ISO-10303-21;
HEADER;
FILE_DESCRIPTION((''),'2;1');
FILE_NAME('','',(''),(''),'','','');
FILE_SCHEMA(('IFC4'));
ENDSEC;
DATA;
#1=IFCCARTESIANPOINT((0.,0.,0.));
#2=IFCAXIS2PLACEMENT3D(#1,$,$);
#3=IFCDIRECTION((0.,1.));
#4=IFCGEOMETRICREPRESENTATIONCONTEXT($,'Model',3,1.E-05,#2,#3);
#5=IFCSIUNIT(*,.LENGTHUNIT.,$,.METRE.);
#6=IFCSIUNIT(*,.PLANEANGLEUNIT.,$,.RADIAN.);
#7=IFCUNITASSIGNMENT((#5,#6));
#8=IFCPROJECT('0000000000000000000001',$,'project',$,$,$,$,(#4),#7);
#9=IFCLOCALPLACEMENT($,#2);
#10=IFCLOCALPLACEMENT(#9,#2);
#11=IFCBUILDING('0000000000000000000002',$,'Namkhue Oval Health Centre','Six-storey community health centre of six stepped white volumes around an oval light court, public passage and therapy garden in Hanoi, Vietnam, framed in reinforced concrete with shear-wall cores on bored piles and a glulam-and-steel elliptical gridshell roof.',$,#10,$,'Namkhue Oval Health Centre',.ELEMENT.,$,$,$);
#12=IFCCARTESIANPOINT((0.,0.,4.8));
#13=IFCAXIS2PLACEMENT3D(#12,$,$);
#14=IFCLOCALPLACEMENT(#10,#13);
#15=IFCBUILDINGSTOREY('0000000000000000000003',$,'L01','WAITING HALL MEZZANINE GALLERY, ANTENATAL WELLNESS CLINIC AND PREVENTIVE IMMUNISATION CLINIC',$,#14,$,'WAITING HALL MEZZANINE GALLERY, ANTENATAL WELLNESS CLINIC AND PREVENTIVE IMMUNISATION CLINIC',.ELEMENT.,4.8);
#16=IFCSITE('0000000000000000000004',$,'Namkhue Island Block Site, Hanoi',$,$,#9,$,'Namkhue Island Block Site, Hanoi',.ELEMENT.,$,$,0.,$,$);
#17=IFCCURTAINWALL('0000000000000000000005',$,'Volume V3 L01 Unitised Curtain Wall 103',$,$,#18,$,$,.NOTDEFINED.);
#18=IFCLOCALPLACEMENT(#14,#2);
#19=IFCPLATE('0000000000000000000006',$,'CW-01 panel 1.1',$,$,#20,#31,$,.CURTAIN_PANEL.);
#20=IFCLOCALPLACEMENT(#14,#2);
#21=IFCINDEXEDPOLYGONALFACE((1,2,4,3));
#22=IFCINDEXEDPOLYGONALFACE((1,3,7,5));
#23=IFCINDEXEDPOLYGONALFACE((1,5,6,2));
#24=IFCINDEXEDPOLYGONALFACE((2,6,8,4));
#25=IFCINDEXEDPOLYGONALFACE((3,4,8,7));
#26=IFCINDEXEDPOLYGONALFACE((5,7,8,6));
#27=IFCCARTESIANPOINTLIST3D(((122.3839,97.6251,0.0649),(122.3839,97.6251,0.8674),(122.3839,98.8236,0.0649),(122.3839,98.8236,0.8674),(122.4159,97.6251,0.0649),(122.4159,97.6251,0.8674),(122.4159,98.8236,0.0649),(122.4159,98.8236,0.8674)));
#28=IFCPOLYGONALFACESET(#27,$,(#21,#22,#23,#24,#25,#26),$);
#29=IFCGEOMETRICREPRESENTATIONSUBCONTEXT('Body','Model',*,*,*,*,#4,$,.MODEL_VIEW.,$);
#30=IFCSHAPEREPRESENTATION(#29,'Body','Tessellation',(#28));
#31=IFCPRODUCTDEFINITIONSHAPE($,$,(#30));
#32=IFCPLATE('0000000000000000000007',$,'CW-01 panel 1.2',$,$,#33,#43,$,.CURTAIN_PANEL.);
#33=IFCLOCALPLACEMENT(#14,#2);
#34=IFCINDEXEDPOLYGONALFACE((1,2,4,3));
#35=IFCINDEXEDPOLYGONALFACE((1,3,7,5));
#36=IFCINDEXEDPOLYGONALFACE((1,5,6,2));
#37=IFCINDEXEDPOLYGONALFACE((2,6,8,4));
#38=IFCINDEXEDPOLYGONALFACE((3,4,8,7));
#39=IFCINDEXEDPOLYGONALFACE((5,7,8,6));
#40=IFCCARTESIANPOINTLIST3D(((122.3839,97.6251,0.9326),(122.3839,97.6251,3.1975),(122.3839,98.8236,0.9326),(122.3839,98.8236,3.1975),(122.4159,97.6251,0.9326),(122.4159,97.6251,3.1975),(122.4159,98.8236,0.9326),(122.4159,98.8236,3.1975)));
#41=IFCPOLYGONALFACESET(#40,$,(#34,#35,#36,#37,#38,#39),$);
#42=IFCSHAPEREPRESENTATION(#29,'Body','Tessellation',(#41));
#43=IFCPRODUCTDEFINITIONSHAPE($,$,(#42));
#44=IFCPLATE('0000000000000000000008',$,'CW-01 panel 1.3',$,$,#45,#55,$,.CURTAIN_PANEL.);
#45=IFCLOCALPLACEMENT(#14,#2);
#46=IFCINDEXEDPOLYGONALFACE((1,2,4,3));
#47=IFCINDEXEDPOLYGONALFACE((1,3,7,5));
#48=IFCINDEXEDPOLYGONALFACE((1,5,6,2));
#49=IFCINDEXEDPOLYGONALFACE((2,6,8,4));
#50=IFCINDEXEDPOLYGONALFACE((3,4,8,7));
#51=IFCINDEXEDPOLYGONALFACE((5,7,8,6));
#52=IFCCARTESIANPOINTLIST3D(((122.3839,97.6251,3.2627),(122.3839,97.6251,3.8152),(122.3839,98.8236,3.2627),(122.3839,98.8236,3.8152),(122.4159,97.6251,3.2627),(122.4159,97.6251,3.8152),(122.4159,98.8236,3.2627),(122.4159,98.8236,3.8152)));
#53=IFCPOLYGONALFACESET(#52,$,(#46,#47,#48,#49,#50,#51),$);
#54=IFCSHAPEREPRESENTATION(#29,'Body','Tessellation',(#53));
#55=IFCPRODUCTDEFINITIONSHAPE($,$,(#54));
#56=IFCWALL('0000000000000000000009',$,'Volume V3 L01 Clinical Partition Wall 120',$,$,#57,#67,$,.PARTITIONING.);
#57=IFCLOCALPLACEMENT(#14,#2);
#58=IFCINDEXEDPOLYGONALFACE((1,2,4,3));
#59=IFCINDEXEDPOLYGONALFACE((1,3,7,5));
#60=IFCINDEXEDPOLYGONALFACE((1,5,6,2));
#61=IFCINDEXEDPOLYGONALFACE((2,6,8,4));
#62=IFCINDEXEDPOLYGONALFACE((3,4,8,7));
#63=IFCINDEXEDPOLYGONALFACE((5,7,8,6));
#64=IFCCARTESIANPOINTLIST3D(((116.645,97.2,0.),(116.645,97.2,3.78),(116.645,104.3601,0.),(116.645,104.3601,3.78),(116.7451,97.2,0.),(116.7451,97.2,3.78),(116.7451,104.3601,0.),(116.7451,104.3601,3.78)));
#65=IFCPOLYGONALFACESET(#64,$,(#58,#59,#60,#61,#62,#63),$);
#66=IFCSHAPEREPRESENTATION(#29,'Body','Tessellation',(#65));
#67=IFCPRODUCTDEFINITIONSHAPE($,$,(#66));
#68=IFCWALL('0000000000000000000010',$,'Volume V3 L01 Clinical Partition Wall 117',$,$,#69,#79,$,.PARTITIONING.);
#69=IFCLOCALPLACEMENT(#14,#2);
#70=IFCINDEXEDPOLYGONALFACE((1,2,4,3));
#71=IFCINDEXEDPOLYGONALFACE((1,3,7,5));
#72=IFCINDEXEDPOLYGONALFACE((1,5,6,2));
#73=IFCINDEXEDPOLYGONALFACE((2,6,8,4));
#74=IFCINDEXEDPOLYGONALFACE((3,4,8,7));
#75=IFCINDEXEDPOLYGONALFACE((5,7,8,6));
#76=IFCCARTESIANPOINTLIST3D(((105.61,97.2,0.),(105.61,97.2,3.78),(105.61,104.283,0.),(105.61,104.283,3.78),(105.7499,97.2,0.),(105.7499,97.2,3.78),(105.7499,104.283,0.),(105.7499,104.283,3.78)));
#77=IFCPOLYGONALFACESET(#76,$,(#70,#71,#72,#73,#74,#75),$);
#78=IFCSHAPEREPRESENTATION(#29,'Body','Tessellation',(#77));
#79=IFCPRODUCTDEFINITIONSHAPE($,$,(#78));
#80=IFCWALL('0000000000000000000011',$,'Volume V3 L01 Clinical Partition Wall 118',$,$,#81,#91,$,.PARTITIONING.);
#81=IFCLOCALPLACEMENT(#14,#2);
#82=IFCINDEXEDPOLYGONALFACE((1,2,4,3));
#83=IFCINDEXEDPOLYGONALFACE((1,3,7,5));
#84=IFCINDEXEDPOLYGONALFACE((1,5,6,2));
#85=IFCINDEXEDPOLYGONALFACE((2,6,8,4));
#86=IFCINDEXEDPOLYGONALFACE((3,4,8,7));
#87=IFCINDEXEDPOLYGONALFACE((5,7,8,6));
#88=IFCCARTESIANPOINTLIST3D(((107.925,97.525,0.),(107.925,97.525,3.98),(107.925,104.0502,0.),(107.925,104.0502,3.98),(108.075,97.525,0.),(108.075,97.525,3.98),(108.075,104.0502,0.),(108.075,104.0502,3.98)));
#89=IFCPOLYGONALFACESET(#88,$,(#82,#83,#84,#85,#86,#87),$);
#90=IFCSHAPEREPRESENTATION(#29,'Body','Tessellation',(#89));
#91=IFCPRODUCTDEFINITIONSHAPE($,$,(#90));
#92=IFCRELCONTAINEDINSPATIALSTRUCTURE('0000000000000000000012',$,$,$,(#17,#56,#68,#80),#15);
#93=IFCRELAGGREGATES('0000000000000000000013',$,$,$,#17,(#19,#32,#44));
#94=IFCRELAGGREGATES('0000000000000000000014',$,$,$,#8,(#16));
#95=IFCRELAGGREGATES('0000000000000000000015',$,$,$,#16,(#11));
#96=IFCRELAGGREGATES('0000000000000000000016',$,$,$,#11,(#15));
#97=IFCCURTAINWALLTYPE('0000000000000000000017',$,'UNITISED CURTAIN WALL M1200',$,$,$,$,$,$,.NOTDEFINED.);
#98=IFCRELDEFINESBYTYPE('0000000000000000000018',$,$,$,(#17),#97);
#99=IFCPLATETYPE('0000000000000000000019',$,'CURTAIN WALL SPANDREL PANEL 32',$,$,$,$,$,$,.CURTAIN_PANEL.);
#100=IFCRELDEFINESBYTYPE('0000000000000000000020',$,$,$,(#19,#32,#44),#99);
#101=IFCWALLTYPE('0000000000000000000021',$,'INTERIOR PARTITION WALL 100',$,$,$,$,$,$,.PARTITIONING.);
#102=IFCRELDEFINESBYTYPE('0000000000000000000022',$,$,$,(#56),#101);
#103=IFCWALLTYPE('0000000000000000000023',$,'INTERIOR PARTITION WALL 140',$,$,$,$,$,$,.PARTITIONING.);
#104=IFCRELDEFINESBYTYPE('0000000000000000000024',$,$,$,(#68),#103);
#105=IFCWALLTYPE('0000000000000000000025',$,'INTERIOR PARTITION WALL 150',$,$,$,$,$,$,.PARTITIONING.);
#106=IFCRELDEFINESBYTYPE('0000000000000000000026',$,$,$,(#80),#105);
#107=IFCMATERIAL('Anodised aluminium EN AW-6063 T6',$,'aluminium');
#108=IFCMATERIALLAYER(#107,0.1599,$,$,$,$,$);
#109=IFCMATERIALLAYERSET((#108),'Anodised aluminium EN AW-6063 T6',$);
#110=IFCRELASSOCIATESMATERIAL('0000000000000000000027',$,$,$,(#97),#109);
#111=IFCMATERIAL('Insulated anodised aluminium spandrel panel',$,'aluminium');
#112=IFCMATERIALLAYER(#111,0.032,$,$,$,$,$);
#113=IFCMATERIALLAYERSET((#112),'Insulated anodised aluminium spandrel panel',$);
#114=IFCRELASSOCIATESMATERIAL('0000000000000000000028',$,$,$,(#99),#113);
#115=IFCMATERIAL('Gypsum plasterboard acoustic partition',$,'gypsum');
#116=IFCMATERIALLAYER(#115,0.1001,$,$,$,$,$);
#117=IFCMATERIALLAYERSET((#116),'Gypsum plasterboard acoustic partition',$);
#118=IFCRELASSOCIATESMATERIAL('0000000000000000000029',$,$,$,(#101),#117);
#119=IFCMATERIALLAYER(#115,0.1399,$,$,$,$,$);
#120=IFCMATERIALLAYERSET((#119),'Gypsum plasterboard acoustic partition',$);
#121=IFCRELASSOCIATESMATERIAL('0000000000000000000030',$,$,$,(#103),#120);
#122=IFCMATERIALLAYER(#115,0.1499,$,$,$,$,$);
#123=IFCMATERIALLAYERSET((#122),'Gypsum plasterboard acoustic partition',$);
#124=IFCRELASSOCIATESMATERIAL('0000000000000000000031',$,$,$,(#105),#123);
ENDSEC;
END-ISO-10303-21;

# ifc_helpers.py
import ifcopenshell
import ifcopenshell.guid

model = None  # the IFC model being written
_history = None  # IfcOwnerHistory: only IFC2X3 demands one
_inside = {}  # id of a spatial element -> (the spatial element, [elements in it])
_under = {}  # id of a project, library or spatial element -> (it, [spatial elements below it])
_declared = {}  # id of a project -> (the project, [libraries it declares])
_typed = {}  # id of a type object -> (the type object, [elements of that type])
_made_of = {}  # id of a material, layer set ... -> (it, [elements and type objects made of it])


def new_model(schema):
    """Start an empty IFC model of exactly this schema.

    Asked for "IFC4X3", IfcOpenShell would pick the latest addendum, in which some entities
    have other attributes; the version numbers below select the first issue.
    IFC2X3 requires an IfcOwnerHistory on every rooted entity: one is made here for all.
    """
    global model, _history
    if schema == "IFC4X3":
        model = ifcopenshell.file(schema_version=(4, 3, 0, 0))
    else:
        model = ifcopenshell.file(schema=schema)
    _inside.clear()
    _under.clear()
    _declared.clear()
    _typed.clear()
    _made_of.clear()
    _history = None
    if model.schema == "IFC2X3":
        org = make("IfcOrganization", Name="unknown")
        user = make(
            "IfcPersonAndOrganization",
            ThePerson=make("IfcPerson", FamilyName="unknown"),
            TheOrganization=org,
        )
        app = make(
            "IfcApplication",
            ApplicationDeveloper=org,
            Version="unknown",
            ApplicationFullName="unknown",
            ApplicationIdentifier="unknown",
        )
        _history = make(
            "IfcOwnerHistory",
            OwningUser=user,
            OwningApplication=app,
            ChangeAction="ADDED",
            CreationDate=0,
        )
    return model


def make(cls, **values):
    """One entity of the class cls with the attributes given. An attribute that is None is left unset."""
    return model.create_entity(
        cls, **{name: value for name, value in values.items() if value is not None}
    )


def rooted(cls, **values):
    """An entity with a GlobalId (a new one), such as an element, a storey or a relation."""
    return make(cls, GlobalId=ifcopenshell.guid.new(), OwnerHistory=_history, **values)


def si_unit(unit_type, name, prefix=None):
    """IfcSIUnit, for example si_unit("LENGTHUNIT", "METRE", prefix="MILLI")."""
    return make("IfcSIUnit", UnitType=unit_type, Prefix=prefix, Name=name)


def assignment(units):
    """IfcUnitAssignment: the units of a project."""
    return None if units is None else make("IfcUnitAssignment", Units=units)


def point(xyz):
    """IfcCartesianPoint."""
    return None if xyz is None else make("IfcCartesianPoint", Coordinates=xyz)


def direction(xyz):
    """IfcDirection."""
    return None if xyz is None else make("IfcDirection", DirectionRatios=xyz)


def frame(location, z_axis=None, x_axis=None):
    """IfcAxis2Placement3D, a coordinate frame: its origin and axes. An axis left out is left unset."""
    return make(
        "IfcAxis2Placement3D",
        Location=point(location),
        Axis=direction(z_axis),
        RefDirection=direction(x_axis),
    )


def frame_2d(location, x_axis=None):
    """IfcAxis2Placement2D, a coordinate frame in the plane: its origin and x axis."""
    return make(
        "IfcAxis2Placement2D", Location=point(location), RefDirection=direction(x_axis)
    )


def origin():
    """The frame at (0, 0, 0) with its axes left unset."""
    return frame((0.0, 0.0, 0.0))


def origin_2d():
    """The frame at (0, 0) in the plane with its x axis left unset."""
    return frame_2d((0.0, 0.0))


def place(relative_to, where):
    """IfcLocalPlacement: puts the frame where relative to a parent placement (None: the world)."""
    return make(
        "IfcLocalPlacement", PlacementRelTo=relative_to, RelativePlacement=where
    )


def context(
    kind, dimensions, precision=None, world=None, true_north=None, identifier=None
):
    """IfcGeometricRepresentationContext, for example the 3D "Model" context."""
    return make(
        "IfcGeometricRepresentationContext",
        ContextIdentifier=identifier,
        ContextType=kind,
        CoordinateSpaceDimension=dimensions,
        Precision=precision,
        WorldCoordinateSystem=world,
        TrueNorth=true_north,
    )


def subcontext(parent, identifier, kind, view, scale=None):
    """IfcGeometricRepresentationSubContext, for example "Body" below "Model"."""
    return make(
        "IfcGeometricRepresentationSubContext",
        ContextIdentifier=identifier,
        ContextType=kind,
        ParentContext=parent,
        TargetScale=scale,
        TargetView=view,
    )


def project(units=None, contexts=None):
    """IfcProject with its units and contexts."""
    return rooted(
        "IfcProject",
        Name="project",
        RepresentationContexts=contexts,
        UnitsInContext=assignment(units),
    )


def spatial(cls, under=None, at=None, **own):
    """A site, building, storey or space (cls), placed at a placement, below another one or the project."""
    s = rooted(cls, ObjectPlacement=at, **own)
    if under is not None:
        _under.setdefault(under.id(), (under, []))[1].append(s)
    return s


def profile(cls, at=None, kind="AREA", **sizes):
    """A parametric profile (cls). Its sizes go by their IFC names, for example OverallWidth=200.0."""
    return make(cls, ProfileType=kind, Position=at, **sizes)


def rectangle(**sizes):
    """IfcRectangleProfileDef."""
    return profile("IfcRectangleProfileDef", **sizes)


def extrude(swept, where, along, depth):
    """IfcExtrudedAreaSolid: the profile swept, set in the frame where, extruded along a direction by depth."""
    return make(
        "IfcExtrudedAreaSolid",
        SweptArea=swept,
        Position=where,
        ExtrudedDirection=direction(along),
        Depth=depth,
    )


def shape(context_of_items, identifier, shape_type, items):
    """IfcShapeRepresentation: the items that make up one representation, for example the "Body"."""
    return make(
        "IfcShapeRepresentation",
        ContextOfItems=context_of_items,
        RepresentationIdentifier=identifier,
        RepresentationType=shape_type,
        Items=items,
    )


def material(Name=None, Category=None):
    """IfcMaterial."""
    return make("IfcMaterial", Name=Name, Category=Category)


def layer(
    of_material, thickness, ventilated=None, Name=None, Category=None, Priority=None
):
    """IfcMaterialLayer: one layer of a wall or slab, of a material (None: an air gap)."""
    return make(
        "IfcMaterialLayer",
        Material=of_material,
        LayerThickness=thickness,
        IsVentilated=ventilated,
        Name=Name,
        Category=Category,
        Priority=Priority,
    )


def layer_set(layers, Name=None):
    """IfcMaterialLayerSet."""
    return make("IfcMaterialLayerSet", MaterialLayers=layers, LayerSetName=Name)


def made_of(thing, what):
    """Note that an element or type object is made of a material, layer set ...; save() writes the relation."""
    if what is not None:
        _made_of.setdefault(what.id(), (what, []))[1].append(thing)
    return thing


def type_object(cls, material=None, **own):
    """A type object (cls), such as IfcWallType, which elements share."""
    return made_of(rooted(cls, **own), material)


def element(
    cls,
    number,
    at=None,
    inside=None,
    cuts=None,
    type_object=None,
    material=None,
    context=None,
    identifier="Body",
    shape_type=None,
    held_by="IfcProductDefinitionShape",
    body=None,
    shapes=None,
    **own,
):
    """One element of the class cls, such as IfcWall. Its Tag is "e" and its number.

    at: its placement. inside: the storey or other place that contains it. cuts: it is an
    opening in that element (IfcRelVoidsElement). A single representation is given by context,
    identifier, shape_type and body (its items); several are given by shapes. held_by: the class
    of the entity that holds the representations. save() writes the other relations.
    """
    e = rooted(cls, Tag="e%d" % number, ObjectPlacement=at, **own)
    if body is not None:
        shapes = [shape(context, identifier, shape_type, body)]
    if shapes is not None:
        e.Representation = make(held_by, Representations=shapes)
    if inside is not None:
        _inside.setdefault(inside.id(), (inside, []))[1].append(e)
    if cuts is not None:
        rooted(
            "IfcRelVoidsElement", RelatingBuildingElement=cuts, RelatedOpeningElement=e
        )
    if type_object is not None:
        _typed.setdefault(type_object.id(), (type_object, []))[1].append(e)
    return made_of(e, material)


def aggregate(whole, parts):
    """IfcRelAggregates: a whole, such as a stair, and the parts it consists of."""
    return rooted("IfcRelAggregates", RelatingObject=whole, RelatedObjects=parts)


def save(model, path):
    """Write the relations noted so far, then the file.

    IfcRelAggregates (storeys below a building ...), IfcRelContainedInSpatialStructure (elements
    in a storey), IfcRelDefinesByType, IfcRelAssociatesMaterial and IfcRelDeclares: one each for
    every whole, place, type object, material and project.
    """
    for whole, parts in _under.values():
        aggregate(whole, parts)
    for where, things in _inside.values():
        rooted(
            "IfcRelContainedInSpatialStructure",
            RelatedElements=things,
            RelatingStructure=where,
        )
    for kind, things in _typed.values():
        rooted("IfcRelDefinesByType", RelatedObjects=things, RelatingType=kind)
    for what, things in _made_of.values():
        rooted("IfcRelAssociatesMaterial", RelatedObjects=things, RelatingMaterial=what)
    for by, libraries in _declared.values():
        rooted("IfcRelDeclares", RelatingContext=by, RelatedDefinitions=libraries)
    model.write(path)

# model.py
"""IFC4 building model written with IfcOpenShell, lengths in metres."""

from ifc_helpers import new_model, si_unit, direction, frame, frame_2d, origin, origin_2d, place, context, subcontext, project, spatial, rectangle, extrude, material, layer, layer_set, type_object, element, aggregate, save


model = new_model("IFC4")

# Units and contexts
model_context = context("Model", 3, precision=1e-05, world=origin(), true_north=direction((0.0, 1.0)))
body_context = subcontext(model_context, "Body", "Model", "MODEL_VIEW")
ifc_project = project(units=[si_unit("LENGTHUNIT", "METRE"), si_unit("PLANEANGLEUNIT", "RADIAN")], contexts=[model_context])

# Site, building, storey
site_placement = place(None, origin())
site = spatial("IfcSite", under=ifc_project, at=site_placement, Name="Namkhue Island Block Site, Hanoi", LongName="Namkhue Island Block Site, Hanoi", CompositionType="ELEMENT", RefElevation=0.0)
building_placement = place(site_placement, origin())
building = spatial("IfcBuilding", under=site, at=building_placement, Name="Namkhue Oval Health Centre", Description="Six-storey community health centre of six stepped white volumes around an oval light court, public passage and therapy garden in Hanoi, Vietnam, framed in reinforced concrete with shear-wall cores on bored piles and a glulam-and-steel elliptical gridshell roof.", LongName="Namkhue Oval Health Centre", CompositionType="ELEMENT")
storey_placement = place(building_placement, frame((0.0, 0.0, 4.8)))
storey = spatial("IfcBuildingStorey", under=building, at=storey_placement, Name="L01", Description="WAITING HALL MEZZANINE GALLERY, ANTENATAL WELLNESS CLINIC AND PREVENTIVE IMMUNISATION CLINIC", LongName="WAITING HALL MEZZANINE GALLERY, ANTENATAL WELLNESS CLINIC AND PREVENTIVE IMMUNISATION CLINIC", CompositionType="ELEMENT", Elevation=4.8)

# Curtain wall
ifc_material_1 = material(Name="Anodised aluminium EN AW-6063 T6", Category="aluminium")
ifc_layer_1 = layer(ifc_material_1, 0.1599)
ifc_layer_set_1 = layer_set([ifc_layer_1], Name="Anodised aluminium EN AW-6063 T6")
curtain_wall_type = type_object("IfcCurtainWallType", Name="UNITISED CURTAIN WALL M1200", PredefinedType="NOTDEFINED", material=ifc_layer_set_1)
curtain_wall_placement = place(storey_placement, origin())
curtain_wall = element("IfcCurtainWall", 1, at=curtain_wall_placement, inside=storey, type_object=curtain_wall_type, Name="Volume V3 L01 Unitised Curtain Wall 103", PredefinedType="NOTDEFINED")

# Plates
ifc_material_2 = material(Name="Insulated anodised aluminium spandrel panel", Category="aluminium")
ifc_layer_2 = layer(ifc_material_2, 0.032)
ifc_layer_set_2 = layer_set([ifc_layer_2], Name="Insulated anodised aluminium spandrel panel")
plate_type = type_object("IfcPlateType", Name="CURTAIN WALL SPANDREL PANEL 32", PredefinedType="CURTAIN_PANEL", material=ifc_layer_set_2)
plate_1_placement = place(storey_placement, frame((122.3999, 98.2244, 0.0649), z_axis=(0.0, 0.0, 1.0), x_axis=(0.0, 1.0, 0.0)))
plate_1 = element("IfcPlate", 2, at=plate_1_placement, type_object=plate_type, Name="CW-01 panel 1.1", PredefinedType="CURTAIN_PANEL", context=body_context, shape_type="SweptSolid", body=[
    extrude(rectangle(XDim=1.1985, YDim=0.032, at=origin_2d()), origin(), (0.0, 0.0, 1.0), 0.8025),
])
plate_2_placement = place(storey_placement, frame((122.3999, 98.2244, 0.9326), z_axis=(0.0, 0.0, 1.0), x_axis=(0.0, 1.0, 0.0)))
plate_2 = element("IfcPlate", 3, at=plate_2_placement, type_object=plate_type, Name="CW-01 panel 1.2", PredefinedType="CURTAIN_PANEL", context=body_context, shape_type="SweptSolid", body=[
    extrude(rectangle(XDim=1.1985, YDim=0.032, at=origin_2d()), origin(), (0.0, 0.0, 1.0), 2.2649),
])
plate_3_placement = place(storey_placement, frame((122.3999, 98.2244, 3.2627), z_axis=(0.0, 0.0, 1.0), x_axis=(0.0, 1.0, 0.0)))
plate_3 = element("IfcPlate", 4, at=plate_3_placement, type_object=plate_type, Name="CW-01 panel 1.3", PredefinedType="CURTAIN_PANEL", context=body_context, shape_type="SweptSolid", body=[
    extrude(rectangle(XDim=1.1985, YDim=0.032, at=origin_2d()), origin(), (0.0, 0.0, 1.0), 0.5525),
])
aggregate(curtain_wall, [plate_1, plate_2, plate_3])

# Walls
ifc_material_3 = material(Name="Gypsum plasterboard acoustic partition", Category="gypsum")
ifc_layer_3 = layer(ifc_material_3, 0.1001)
ifc_layer_set_3 = layer_set([ifc_layer_3], Name="Gypsum plasterboard acoustic partition")
wall_type_1 = type_object("IfcWallType", Name="INTERIOR PARTITION WALL 100", PredefinedType="PARTITIONING", material=ifc_layer_set_3)
wall_1_placement = place(storey_placement, frame((116.6951, 97.2, 0.0), z_axis=(0.0, 0.0, 1.0), x_axis=(0.0, 1.0, 0.0)))
element("IfcWall", 5, at=wall_1_placement, inside=storey, type_object=wall_type_1, Name="Volume V3 L01 Clinical Partition Wall 120", PredefinedType="PARTITIONING", context=body_context, shape_type="SweptSolid", body=[
    extrude(rectangle(XDim=7.1602, YDim=0.1001, at=frame_2d((3.5801, 0.0))), origin(), (0.0, 0.0, 1.0), 3.78),
])
ifc_layer_4 = layer(ifc_material_3, 0.1399)
ifc_layer_set_4 = layer_set([ifc_layer_4], Name="Gypsum plasterboard acoustic partition")
wall_type_2 = type_object("IfcWallType", Name="INTERIOR PARTITION WALL 140", PredefinedType="PARTITIONING", material=ifc_layer_set_4)
wall_2_placement = place(storey_placement, frame((105.6799, 97.2, 0.0), z_axis=(0.0, 0.0, 1.0), x_axis=(0.0, 1.0, 0.0)))
element("IfcWall", 6, at=wall_2_placement, inside=storey, type_object=wall_type_2, Name="Volume V3 L01 Clinical Partition Wall 117", PredefinedType="PARTITIONING", context=body_context, shape_type="SweptSolid", body=[
    extrude(rectangle(XDim=7.083, YDim=0.1399, at=frame_2d((3.5415, 0.0))), origin(), (0.0, 0.0, 1.0), 3.78),
])
ifc_layer_5 = layer(ifc_material_3, 0.1499)
ifc_layer_set_5 = layer_set([ifc_layer_5], Name="Gypsum plasterboard acoustic partition")
wall_type_3 = type_object("IfcWallType", Name="INTERIOR PARTITION WALL 150", PredefinedType="PARTITIONING", material=ifc_layer_set_5)
wall_3_placement = place(storey_placement, frame((108.0, 97.5249, 0.0), z_axis=(0.0, 0.0, 1.0), x_axis=(0.0, 1.0, 0.0)))
element("IfcWall", 7, at=wall_3_placement, inside=storey, type_object=wall_type_3, Name="Volume V3 L01 Clinical Partition Wall 118", PredefinedType="PARTITIONING", context=body_context, shape_type="SweptSolid", body=[
    extrude(rectangle(XDim=6.5251, YDim=0.1499, at=frame_2d((3.2627, 0.0))), origin(), (0.0, 0.0, 1.0), 3.98),
])

save(model, "model.ifc")
